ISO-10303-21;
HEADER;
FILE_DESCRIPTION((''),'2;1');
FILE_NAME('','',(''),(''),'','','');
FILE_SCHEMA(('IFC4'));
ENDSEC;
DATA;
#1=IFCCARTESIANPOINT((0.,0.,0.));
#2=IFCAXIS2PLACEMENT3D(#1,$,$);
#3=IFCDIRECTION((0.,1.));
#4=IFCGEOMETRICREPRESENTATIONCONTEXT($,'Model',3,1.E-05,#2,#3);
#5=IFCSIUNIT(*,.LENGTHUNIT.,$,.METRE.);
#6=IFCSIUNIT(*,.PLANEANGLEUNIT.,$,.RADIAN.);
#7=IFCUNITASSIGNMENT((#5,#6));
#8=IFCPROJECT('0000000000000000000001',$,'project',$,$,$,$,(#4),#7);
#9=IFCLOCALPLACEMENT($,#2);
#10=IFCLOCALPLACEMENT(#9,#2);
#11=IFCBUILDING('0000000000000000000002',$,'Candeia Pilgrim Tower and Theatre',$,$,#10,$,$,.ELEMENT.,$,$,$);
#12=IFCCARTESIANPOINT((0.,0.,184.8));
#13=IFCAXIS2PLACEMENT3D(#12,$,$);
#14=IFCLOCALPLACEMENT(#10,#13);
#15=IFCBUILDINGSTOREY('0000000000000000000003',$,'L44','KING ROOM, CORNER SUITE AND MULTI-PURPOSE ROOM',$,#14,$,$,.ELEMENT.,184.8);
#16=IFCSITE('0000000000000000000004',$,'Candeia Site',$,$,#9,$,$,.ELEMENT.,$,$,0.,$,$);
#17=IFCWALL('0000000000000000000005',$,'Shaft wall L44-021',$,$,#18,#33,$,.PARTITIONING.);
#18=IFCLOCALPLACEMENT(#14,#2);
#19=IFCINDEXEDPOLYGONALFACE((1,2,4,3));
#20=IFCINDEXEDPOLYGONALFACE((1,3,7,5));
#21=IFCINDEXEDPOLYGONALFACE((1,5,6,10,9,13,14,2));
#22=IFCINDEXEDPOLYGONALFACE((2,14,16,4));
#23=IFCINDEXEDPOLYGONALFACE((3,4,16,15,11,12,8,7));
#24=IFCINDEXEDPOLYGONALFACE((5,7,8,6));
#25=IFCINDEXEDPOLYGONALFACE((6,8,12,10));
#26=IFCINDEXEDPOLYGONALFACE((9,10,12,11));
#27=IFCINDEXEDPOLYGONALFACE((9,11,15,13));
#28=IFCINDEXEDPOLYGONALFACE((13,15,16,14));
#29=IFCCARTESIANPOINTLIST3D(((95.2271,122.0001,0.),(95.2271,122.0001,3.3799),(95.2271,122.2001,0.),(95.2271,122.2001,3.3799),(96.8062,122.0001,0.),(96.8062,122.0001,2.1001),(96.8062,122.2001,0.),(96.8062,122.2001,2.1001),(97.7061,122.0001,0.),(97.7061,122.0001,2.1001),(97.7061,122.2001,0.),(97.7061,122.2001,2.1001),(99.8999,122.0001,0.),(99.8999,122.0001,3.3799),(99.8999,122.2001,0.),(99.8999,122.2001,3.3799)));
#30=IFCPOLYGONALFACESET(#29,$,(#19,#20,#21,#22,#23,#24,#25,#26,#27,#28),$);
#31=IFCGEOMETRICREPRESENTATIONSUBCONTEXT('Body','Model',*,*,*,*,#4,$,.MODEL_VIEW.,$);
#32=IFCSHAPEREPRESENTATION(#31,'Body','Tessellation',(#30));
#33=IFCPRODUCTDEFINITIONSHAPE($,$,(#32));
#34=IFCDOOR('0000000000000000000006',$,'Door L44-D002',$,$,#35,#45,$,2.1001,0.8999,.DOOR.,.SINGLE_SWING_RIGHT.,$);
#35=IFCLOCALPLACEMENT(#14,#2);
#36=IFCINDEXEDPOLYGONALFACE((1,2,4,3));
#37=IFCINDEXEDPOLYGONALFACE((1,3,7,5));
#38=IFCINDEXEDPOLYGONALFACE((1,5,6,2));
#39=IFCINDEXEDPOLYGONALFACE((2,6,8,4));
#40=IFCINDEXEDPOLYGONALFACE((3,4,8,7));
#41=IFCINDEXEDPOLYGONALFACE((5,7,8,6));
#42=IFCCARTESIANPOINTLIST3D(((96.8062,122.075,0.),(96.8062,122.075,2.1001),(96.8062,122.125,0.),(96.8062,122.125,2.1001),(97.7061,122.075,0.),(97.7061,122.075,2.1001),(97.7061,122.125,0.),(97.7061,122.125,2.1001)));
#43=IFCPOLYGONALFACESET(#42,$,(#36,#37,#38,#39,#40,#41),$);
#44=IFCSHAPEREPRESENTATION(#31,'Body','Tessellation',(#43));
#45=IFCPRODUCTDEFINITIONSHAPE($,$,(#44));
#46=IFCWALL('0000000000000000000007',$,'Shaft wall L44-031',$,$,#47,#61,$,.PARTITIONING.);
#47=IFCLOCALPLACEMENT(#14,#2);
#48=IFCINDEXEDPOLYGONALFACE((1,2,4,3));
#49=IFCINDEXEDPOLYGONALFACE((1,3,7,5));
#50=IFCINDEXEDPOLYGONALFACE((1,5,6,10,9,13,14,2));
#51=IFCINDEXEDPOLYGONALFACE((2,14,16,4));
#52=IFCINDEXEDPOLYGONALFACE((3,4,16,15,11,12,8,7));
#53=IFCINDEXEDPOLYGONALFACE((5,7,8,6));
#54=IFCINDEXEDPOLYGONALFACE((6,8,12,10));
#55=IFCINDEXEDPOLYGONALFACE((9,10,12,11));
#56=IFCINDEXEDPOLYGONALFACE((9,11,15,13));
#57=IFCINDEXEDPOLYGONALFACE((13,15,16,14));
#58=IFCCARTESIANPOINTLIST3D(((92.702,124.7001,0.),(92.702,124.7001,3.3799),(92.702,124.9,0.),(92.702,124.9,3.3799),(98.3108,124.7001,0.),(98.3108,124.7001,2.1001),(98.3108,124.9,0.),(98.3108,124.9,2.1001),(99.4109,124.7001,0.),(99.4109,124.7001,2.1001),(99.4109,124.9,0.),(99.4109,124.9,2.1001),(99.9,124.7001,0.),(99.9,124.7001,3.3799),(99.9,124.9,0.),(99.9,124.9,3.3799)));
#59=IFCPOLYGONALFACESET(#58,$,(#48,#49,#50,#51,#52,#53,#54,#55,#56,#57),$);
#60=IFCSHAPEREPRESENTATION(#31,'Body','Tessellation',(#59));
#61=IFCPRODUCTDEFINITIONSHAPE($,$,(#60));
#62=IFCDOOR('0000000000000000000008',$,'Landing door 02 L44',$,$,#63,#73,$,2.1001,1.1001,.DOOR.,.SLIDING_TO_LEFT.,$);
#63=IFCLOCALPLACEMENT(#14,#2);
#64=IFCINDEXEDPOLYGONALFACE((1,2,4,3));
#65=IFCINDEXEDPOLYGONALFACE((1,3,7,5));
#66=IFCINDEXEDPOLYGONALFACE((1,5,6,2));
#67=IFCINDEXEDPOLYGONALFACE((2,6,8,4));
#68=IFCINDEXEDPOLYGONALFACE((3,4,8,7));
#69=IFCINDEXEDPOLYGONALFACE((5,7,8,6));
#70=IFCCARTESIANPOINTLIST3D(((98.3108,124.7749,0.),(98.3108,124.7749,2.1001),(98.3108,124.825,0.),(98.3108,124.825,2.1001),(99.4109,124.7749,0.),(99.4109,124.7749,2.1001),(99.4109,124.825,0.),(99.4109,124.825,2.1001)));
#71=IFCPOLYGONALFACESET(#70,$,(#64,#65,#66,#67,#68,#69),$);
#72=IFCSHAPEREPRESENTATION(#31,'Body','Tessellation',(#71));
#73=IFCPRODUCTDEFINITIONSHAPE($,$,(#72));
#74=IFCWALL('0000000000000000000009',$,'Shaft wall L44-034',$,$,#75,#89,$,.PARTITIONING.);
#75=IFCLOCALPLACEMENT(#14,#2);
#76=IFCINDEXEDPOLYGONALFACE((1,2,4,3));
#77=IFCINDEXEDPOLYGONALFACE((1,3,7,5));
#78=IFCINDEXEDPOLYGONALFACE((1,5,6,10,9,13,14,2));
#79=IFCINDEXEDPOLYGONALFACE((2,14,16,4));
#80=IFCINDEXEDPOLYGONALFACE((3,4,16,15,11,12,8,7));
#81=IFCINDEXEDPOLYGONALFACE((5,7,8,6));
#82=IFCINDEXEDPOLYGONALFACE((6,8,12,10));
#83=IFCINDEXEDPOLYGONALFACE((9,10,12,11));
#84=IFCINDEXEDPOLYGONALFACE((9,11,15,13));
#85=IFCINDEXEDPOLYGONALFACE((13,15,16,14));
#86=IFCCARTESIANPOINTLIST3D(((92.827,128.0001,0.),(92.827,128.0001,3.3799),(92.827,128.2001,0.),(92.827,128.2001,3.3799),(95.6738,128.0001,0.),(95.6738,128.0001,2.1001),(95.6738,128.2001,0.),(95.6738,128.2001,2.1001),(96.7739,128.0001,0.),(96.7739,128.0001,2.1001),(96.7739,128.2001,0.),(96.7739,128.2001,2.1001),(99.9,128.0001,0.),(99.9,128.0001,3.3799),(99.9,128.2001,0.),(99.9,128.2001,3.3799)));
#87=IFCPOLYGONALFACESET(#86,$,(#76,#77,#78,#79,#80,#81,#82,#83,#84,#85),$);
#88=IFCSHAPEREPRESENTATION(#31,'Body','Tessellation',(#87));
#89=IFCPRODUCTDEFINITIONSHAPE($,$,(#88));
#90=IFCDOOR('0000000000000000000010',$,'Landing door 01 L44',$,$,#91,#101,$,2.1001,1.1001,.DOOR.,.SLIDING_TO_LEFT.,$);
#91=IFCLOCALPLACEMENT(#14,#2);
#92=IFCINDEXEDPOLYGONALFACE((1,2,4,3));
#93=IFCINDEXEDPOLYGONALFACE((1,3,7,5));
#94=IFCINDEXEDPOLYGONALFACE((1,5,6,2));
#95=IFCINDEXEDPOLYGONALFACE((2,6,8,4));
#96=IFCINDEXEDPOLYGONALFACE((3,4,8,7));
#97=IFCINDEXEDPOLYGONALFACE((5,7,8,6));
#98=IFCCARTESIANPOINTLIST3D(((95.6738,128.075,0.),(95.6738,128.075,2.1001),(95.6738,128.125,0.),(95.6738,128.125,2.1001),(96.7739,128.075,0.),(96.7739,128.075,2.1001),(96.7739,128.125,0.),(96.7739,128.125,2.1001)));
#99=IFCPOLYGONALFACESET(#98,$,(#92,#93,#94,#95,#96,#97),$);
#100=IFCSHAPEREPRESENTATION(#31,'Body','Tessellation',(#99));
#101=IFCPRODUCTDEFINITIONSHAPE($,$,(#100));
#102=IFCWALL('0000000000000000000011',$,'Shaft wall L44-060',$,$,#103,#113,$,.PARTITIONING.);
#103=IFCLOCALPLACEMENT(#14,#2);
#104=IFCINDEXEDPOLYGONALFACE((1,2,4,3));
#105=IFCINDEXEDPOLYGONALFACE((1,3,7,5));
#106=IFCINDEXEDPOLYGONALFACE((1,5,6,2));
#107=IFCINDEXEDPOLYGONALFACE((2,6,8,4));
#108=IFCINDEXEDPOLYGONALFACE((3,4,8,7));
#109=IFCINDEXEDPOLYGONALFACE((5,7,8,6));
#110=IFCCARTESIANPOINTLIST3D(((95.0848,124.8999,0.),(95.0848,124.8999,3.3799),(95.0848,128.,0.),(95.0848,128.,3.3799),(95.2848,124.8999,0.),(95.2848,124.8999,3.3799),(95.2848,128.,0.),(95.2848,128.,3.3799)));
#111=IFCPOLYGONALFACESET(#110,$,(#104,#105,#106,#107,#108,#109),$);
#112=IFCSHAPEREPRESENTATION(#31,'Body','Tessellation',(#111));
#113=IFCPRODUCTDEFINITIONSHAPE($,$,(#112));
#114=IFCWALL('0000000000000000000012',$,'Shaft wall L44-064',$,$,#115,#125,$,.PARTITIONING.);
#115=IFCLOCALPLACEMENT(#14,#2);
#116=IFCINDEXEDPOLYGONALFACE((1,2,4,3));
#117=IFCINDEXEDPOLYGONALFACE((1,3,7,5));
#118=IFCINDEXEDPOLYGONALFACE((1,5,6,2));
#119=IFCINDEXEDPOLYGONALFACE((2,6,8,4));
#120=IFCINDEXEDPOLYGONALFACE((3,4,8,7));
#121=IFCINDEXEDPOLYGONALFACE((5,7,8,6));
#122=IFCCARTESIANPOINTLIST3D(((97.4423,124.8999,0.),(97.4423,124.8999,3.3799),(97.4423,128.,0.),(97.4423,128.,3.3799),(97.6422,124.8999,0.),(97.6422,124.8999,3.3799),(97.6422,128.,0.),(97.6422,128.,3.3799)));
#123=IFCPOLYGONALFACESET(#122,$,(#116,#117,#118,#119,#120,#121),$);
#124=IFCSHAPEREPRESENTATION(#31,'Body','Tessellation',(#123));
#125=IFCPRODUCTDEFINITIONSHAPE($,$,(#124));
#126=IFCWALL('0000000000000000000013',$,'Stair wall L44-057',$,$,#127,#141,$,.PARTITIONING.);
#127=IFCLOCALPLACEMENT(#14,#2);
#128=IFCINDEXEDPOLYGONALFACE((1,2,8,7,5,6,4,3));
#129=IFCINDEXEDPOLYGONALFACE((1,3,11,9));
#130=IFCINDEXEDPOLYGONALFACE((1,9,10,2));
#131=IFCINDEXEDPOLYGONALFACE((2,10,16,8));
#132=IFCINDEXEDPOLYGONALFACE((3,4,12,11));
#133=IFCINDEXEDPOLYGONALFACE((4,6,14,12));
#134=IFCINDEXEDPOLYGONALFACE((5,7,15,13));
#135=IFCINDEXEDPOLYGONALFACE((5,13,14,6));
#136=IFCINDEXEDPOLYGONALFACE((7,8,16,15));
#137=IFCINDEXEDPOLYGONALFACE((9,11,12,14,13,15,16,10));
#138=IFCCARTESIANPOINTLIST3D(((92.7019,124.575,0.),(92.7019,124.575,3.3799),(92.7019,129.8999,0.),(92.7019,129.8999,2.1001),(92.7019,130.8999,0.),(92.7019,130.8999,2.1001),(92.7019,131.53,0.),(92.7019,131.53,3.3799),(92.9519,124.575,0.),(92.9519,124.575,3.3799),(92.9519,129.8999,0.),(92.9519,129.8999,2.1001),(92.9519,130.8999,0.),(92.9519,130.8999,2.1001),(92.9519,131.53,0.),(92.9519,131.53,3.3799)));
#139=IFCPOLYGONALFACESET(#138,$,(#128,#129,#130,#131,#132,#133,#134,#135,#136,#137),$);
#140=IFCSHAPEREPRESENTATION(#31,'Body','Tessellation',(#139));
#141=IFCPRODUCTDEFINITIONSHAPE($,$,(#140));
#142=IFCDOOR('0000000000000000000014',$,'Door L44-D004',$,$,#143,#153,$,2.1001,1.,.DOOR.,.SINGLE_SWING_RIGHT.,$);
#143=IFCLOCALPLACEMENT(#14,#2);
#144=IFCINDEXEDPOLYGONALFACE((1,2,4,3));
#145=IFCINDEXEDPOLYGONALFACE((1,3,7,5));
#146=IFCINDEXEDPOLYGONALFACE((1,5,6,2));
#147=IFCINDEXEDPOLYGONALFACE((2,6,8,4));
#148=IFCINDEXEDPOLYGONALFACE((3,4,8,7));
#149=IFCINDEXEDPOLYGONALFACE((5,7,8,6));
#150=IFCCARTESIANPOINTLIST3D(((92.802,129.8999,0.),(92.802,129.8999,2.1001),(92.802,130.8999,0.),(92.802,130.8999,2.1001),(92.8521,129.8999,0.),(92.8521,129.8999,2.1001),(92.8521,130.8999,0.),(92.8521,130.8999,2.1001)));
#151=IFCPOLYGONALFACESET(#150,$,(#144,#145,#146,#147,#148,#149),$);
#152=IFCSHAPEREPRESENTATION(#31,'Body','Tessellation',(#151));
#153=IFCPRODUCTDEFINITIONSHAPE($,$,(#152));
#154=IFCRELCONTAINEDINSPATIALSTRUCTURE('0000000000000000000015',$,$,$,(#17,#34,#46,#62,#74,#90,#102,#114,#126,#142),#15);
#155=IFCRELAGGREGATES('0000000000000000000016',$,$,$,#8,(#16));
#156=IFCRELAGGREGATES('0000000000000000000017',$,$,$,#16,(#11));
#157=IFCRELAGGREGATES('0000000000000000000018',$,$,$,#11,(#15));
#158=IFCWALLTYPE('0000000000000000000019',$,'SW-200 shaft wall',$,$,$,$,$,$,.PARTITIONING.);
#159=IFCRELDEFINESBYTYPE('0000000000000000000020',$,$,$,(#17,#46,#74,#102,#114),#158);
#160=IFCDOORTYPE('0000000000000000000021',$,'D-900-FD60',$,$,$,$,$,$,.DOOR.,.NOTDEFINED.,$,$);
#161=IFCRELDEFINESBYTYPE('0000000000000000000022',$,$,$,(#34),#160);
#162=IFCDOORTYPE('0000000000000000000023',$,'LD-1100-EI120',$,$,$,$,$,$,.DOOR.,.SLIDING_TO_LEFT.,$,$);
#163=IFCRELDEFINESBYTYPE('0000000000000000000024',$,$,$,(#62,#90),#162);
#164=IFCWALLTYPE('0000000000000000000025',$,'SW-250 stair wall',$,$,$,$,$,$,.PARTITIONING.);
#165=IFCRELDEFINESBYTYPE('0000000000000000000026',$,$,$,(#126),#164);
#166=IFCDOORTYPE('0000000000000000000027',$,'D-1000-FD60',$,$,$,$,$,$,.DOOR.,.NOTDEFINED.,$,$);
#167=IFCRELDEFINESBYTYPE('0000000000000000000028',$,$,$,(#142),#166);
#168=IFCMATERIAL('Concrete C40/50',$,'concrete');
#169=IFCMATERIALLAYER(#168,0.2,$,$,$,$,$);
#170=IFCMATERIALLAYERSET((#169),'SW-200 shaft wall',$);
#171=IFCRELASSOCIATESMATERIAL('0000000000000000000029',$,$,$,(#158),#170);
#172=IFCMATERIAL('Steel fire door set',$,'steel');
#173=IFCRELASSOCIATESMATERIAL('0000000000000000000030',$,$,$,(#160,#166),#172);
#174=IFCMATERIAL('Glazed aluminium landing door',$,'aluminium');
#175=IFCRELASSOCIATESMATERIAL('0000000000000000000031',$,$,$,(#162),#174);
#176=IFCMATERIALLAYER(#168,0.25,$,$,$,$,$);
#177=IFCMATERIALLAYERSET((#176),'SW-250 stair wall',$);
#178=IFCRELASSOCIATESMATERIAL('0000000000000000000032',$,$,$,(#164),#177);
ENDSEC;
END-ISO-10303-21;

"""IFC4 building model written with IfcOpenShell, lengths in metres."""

from ifc_helpers import new_model, si_unit, direction, frame, frame_2d, origin, place, context, subcontext, project, spatial, rectangle, extrude, material, layer, layer_set, type_object, element, fill, save


model = new_model("IFC4")

# Units and contexts
model_context = context("Model", 3, precision=1e-05, world=origin(), true_north=direction((0.0, 1.0)))
body_context = subcontext(model_context, "Body", "Model", "MODEL_VIEW")
ifc_project = project(units=[si_unit("LENGTHUNIT", "METRE"), si_unit("PLANEANGLEUNIT", "RADIAN")], contexts=[model_context])

# Site, building, storey
site_placement = place(None, origin())
site = spatial("IfcSite", under=ifc_project, at=site_placement, Name="Candeia Site", CompositionType="ELEMENT", RefElevation=0.0)
building_placement = place(site_placement, origin())
building = spatial("IfcBuilding", under=site, at=building_placement, Name="Candeia Pilgrim Tower and Theatre", CompositionType="ELEMENT")
storey_placement = place(building_placement, frame((0.0, 0.0, 184.8)))
storey = spatial("IfcBuildingStorey", under=building, at=storey_placement, Name="L44", Description="KING ROOM, CORNER SUITE AND MULTI-PURPOSE ROOM", CompositionType="ELEMENT", Elevation=184.8)

# Shared definitions
ifc_material_1 = material(Name="Steel fire door set", Category="steel")

# Walls, openings, doors
ifc_material_2 = material(Name="Concrete C40/50", Category="concrete")
ifc_layer_1 = layer(ifc_material_2, 0.2)
ifc_layer_set_1 = layer_set([ifc_layer_1], Name="SW-200 shaft wall")
wall_type_1 = type_object("IfcWallType", Name="SW-200 shaft wall", PredefinedType="PARTITIONING", material=ifc_layer_set_1)
wall_1_placement = place(storey_placement, frame((95.2271, 122.1001, 0.0), z_axis=(0.0, 0.0, 1.0), x_axis=(1.0, 0.0, 0.0)))
wall_1 = element("IfcWall", 1, at=wall_1_placement, inside=storey, type_object=wall_type_1, Name="Shaft wall L44-021", PredefinedType="PARTITIONING", context=body_context, shape_type="SweptSolid", body=[
    extrude(rectangle(XDim=4.6729, YDim=0.2, at=frame_2d((2.3364, 0.0))), origin(), (0.0, 0.0, 1.0), 3.3799),
])
opening_1_placement = place(wall_1_placement, frame((1.5791, 0.0, 0.0)))
opening_1 = element("IfcOpeningElement", 2, at=opening_1_placement, cuts=wall_1, PredefinedType="OPENING", context=body_context, shape_type="SweptSolid", body=[
    extrude(rectangle(XDim=0.8999, YDim=2.1001, at=frame_2d((0.45, 1.05))), frame((0.0, 0.1099, 0.0), z_axis=(0.0, -1.0, 0.0), x_axis=(1.0, 0.0, 0.0)), (0.0, 0.0, 1.0), 0.22),
])
door_type_1 = type_object("IfcDoorType", Name="D-900-FD60", OperationType="NOTDEFINED", PredefinedType="DOOR", material=ifc_material_1)
door_1_placement = place(opening_1_placement, origin())
door_1 = element("IfcDoor", 3, at=door_1_placement, inside=storey, type_object=door_type_1, Name="Door L44-D002", OperationType="SINGLE_SWING_RIGHT", OverallHeight=2.1001, OverallWidth=0.8999, PredefinedType="DOOR", context=body_context, shape_type="SweptSolid", body=[
    extrude(rectangle(XDim=0.8999, YDim=2.1001, at=frame_2d((0.45, 1.05))), frame((0.0, 0.0249, 0.0), z_axis=(0.0, -1.0, 0.0), x_axis=(1.0, 0.0, 0.0)), (0.0, 0.0, 1.0), 0.05),
])
fill(opening_1, door_1)
wall_2_placement = place(storey_placement, frame((92.7019, 124.8, 0.0), z_axis=(0.0, 0.0, 1.0), x_axis=(1.0, 0.0, 0.0)))
wall_2 = element("IfcWall", 4, at=wall_2_placement, inside=storey, type_object=wall_type_1, Name="Shaft wall L44-031", PredefinedType="PARTITIONING", context=body_context, shape_type="SweptSolid", body=[
    extrude(rectangle(XDim=7.198, YDim=0.2, at=frame_2d((3.5991, 0.0))), origin(), (0.0, 0.0, 1.0), 3.3799),
])
opening_2_placement = place(wall_2_placement, frame((5.6089, 0.0, 0.0)))
opening_2 = element("IfcOpeningElement", 5, at=opening_2_placement, cuts=wall_2, PredefinedType="OPENING", context=body_context, shape_type="SweptSolid", body=[
    extrude(rectangle(XDim=1.1001, YDim=2.1001, at=frame_2d((0.55, 1.05))), frame((0.0, 0.1099, 0.0), z_axis=(0.0, -1.0, 0.0), x_axis=(1.0, 0.0, 0.0)), (0.0, 0.0, 1.0), 0.22),
])
ifc_material_3 = material(Name="Glazed aluminium landing door", Category="aluminium")
door_type_2 = type_object("IfcDoorType", Name="LD-1100-EI120", OperationType="SLIDING_TO_LEFT", PredefinedType="DOOR", material=ifc_material_3)
door_2_placement = place(opening_2_placement, origin())
door_2 = element("IfcDoor", 6, at=door_2_placement, inside=storey, type_object=door_type_2, Name="Landing door 02 L44", OperationType="SLIDING_TO_LEFT", OverallHeight=2.1001, OverallWidth=1.1001, PredefinedType="DOOR", context=body_context, shape_type="SweptSolid", body=[
    extrude(rectangle(XDim=1.1001, YDim=2.1001, at=frame_2d((0.55, 1.05))), frame((0.0, 0.0249, 0.0), z_axis=(0.0, -1.0, 0.0), x_axis=(1.0, 0.0, 0.0)), (0.0, 0.0, 1.0), 0.05),
])
fill(opening_2, door_2)
wall_3_placement = place(storey_placement, frame((92.8269, 128.1001, 0.0), z_axis=(0.0, 0.0, 1.0), x_axis=(1.0, 0.0, 0.0)))
wall_3 = element("IfcWall", 7, at=wall_3_placement, inside=storey, type_object=wall_type_1, Name="Shaft wall L44-034", PredefinedType="PARTITIONING", context=body_context, shape_type="SweptSolid", body=[
    extrude(rectangle(XDim=7.073, YDim=0.2, at=frame_2d((3.5366, 0.0))), origin(), (0.0, 0.0, 1.0), 3.3799),
])
opening_3_placement = place(wall_3_placement, frame((2.8469, 0.0, 0.0)))
opening_3 = element("IfcOpeningElement", 8, at=opening_3_placement, cuts=wall_3, PredefinedType="OPENING", context=body_context, shape_type="SweptSolid", body=[
    extrude(rectangle(XDim=1.1001, YDim=2.1001, at=frame_2d((0.55, 1.05))), frame((0.0, 0.1099, 0.0), z_axis=(0.0, -1.0, 0.0), x_axis=(1.0, 0.0, 0.0)), (0.0, 0.0, 1.0), 0.22),
])
door_3_placement = place(opening_3_placement, origin())
door_3 = element("IfcDoor", 9, at=door_3_placement, inside=storey, type_object=door_type_2, Name="Landing door 01 L44", OperationType="SLIDING_TO_LEFT", OverallHeight=2.1001, OverallWidth=1.1001, PredefinedType="DOOR", context=body_context, shape_type="SweptSolid", body=[
    extrude(rectangle(XDim=1.1001, YDim=2.1001, at=frame_2d((0.55, 1.05))), frame((0.0, 0.0249, 0.0), z_axis=(0.0, -1.0, 0.0), x_axis=(1.0, 0.0, 0.0)), (0.0, 0.0, 1.0), 0.05),
])
fill(opening_3, door_3)

# Walls
for number, where, z_axis, x_axis, name in (
    (10, (95.1848, 124.8999, 0.0), (0.0, 0.0, 1.0), (0.0, 1.0, 0.0), "Shaft wall L44-060"),
    (11, (97.5422, 124.8999, 0.0), (0.0, 0.0, 1.0), (0.0, 1.0, 0.0), "Shaft wall L44-064"),
):
    element("IfcWall", number, at=place(storey_placement, frame(where, z_axis=z_axis, x_axis=x_axis)), inside=storey, type_object=wall_type_1, Name=name, PredefinedType="PARTITIONING", context=body_context, shape_type="SweptSolid", body=[
        extrude(rectangle(XDim=3.1001, YDim=0.2, at=frame_2d((1.55, 0.0))), origin(), (0.0, 0.0, 1.0), 3.3799),
    ])

# Wall, opening, door
ifc_layer_2 = layer(ifc_material_2, 0.25)
ifc_layer_set_2 = layer_set([ifc_layer_2], Name="SW-250 stair wall")
wall_type_2 = type_object("IfcWallType", Name="SW-250 stair wall", PredefinedType="PARTITIONING", material=ifc_layer_set_2)
wall_4_placement = place(storey_placement, frame((92.8269, 124.575, 0.0), z_axis=(0.0, 0.0, 1.0), x_axis=(0.0, 1.0, 0.0)))
wall_4 = element("IfcWall", 12, at=wall_4_placement, inside=storey, type_object=wall_type_2, Name="Stair wall L44-057", PredefinedType="PARTITIONING", context=body_context, shape_type="SweptSolid", body=[
    extrude(rectangle(XDim=6.9551, YDim=0.25, at=frame_2d((3.4775, 0.0))), origin(), (0.0, 0.0, 1.0), 3.3799),
])
opening_4_placement = place(wall_4_placement, frame((5.325, 0.0, 0.0)))
opening_4 = element("IfcOpeningElement", 13, at=opening_4_placement, cuts=wall_4, PredefinedType="OPENING", context=body_context, shape_type="SweptSolid", body=[
    extrude(rectangle(XDim=1.0, YDim=2.1001, at=frame_2d((0.5, 1.05))), frame((0.0, 0.135, 0.0), z_axis=(0.0, -1.0, 0.0), x_axis=(1.0, 0.0, 0.0)), (0.0, 0.0, 1.0), 0.27),
])
door_type_3 = type_object("IfcDoorType", Name="D-1000-FD60", OperationType="NOTDEFINED", PredefinedType="DOOR", material=ifc_material_1)
door_4_placement = place(opening_4_placement, origin())
door_4 = element("IfcDoor", 14, at=door_4_placement, inside=storey, type_object=door_type_3, Name="Door L44-D004", OperationType="SINGLE_SWING_RIGHT", OverallHeight=2.1001, OverallWidth=1.0, PredefinedType="DOOR", context=body_context, shape_type="SweptSolid", body=[
    extrude(rectangle(XDim=1.0, YDim=2.1001, at=frame_2d((0.5, 1.05))), frame((0.0, 0.0249, 0.0), z_axis=(0.0, -1.0, 0.0), x_axis=(1.0, 0.0, 0.0)), (0.0, 0.0, 1.0), 0.05),
])
fill(opening_4, door_4)

save(model, "model.ifc")
